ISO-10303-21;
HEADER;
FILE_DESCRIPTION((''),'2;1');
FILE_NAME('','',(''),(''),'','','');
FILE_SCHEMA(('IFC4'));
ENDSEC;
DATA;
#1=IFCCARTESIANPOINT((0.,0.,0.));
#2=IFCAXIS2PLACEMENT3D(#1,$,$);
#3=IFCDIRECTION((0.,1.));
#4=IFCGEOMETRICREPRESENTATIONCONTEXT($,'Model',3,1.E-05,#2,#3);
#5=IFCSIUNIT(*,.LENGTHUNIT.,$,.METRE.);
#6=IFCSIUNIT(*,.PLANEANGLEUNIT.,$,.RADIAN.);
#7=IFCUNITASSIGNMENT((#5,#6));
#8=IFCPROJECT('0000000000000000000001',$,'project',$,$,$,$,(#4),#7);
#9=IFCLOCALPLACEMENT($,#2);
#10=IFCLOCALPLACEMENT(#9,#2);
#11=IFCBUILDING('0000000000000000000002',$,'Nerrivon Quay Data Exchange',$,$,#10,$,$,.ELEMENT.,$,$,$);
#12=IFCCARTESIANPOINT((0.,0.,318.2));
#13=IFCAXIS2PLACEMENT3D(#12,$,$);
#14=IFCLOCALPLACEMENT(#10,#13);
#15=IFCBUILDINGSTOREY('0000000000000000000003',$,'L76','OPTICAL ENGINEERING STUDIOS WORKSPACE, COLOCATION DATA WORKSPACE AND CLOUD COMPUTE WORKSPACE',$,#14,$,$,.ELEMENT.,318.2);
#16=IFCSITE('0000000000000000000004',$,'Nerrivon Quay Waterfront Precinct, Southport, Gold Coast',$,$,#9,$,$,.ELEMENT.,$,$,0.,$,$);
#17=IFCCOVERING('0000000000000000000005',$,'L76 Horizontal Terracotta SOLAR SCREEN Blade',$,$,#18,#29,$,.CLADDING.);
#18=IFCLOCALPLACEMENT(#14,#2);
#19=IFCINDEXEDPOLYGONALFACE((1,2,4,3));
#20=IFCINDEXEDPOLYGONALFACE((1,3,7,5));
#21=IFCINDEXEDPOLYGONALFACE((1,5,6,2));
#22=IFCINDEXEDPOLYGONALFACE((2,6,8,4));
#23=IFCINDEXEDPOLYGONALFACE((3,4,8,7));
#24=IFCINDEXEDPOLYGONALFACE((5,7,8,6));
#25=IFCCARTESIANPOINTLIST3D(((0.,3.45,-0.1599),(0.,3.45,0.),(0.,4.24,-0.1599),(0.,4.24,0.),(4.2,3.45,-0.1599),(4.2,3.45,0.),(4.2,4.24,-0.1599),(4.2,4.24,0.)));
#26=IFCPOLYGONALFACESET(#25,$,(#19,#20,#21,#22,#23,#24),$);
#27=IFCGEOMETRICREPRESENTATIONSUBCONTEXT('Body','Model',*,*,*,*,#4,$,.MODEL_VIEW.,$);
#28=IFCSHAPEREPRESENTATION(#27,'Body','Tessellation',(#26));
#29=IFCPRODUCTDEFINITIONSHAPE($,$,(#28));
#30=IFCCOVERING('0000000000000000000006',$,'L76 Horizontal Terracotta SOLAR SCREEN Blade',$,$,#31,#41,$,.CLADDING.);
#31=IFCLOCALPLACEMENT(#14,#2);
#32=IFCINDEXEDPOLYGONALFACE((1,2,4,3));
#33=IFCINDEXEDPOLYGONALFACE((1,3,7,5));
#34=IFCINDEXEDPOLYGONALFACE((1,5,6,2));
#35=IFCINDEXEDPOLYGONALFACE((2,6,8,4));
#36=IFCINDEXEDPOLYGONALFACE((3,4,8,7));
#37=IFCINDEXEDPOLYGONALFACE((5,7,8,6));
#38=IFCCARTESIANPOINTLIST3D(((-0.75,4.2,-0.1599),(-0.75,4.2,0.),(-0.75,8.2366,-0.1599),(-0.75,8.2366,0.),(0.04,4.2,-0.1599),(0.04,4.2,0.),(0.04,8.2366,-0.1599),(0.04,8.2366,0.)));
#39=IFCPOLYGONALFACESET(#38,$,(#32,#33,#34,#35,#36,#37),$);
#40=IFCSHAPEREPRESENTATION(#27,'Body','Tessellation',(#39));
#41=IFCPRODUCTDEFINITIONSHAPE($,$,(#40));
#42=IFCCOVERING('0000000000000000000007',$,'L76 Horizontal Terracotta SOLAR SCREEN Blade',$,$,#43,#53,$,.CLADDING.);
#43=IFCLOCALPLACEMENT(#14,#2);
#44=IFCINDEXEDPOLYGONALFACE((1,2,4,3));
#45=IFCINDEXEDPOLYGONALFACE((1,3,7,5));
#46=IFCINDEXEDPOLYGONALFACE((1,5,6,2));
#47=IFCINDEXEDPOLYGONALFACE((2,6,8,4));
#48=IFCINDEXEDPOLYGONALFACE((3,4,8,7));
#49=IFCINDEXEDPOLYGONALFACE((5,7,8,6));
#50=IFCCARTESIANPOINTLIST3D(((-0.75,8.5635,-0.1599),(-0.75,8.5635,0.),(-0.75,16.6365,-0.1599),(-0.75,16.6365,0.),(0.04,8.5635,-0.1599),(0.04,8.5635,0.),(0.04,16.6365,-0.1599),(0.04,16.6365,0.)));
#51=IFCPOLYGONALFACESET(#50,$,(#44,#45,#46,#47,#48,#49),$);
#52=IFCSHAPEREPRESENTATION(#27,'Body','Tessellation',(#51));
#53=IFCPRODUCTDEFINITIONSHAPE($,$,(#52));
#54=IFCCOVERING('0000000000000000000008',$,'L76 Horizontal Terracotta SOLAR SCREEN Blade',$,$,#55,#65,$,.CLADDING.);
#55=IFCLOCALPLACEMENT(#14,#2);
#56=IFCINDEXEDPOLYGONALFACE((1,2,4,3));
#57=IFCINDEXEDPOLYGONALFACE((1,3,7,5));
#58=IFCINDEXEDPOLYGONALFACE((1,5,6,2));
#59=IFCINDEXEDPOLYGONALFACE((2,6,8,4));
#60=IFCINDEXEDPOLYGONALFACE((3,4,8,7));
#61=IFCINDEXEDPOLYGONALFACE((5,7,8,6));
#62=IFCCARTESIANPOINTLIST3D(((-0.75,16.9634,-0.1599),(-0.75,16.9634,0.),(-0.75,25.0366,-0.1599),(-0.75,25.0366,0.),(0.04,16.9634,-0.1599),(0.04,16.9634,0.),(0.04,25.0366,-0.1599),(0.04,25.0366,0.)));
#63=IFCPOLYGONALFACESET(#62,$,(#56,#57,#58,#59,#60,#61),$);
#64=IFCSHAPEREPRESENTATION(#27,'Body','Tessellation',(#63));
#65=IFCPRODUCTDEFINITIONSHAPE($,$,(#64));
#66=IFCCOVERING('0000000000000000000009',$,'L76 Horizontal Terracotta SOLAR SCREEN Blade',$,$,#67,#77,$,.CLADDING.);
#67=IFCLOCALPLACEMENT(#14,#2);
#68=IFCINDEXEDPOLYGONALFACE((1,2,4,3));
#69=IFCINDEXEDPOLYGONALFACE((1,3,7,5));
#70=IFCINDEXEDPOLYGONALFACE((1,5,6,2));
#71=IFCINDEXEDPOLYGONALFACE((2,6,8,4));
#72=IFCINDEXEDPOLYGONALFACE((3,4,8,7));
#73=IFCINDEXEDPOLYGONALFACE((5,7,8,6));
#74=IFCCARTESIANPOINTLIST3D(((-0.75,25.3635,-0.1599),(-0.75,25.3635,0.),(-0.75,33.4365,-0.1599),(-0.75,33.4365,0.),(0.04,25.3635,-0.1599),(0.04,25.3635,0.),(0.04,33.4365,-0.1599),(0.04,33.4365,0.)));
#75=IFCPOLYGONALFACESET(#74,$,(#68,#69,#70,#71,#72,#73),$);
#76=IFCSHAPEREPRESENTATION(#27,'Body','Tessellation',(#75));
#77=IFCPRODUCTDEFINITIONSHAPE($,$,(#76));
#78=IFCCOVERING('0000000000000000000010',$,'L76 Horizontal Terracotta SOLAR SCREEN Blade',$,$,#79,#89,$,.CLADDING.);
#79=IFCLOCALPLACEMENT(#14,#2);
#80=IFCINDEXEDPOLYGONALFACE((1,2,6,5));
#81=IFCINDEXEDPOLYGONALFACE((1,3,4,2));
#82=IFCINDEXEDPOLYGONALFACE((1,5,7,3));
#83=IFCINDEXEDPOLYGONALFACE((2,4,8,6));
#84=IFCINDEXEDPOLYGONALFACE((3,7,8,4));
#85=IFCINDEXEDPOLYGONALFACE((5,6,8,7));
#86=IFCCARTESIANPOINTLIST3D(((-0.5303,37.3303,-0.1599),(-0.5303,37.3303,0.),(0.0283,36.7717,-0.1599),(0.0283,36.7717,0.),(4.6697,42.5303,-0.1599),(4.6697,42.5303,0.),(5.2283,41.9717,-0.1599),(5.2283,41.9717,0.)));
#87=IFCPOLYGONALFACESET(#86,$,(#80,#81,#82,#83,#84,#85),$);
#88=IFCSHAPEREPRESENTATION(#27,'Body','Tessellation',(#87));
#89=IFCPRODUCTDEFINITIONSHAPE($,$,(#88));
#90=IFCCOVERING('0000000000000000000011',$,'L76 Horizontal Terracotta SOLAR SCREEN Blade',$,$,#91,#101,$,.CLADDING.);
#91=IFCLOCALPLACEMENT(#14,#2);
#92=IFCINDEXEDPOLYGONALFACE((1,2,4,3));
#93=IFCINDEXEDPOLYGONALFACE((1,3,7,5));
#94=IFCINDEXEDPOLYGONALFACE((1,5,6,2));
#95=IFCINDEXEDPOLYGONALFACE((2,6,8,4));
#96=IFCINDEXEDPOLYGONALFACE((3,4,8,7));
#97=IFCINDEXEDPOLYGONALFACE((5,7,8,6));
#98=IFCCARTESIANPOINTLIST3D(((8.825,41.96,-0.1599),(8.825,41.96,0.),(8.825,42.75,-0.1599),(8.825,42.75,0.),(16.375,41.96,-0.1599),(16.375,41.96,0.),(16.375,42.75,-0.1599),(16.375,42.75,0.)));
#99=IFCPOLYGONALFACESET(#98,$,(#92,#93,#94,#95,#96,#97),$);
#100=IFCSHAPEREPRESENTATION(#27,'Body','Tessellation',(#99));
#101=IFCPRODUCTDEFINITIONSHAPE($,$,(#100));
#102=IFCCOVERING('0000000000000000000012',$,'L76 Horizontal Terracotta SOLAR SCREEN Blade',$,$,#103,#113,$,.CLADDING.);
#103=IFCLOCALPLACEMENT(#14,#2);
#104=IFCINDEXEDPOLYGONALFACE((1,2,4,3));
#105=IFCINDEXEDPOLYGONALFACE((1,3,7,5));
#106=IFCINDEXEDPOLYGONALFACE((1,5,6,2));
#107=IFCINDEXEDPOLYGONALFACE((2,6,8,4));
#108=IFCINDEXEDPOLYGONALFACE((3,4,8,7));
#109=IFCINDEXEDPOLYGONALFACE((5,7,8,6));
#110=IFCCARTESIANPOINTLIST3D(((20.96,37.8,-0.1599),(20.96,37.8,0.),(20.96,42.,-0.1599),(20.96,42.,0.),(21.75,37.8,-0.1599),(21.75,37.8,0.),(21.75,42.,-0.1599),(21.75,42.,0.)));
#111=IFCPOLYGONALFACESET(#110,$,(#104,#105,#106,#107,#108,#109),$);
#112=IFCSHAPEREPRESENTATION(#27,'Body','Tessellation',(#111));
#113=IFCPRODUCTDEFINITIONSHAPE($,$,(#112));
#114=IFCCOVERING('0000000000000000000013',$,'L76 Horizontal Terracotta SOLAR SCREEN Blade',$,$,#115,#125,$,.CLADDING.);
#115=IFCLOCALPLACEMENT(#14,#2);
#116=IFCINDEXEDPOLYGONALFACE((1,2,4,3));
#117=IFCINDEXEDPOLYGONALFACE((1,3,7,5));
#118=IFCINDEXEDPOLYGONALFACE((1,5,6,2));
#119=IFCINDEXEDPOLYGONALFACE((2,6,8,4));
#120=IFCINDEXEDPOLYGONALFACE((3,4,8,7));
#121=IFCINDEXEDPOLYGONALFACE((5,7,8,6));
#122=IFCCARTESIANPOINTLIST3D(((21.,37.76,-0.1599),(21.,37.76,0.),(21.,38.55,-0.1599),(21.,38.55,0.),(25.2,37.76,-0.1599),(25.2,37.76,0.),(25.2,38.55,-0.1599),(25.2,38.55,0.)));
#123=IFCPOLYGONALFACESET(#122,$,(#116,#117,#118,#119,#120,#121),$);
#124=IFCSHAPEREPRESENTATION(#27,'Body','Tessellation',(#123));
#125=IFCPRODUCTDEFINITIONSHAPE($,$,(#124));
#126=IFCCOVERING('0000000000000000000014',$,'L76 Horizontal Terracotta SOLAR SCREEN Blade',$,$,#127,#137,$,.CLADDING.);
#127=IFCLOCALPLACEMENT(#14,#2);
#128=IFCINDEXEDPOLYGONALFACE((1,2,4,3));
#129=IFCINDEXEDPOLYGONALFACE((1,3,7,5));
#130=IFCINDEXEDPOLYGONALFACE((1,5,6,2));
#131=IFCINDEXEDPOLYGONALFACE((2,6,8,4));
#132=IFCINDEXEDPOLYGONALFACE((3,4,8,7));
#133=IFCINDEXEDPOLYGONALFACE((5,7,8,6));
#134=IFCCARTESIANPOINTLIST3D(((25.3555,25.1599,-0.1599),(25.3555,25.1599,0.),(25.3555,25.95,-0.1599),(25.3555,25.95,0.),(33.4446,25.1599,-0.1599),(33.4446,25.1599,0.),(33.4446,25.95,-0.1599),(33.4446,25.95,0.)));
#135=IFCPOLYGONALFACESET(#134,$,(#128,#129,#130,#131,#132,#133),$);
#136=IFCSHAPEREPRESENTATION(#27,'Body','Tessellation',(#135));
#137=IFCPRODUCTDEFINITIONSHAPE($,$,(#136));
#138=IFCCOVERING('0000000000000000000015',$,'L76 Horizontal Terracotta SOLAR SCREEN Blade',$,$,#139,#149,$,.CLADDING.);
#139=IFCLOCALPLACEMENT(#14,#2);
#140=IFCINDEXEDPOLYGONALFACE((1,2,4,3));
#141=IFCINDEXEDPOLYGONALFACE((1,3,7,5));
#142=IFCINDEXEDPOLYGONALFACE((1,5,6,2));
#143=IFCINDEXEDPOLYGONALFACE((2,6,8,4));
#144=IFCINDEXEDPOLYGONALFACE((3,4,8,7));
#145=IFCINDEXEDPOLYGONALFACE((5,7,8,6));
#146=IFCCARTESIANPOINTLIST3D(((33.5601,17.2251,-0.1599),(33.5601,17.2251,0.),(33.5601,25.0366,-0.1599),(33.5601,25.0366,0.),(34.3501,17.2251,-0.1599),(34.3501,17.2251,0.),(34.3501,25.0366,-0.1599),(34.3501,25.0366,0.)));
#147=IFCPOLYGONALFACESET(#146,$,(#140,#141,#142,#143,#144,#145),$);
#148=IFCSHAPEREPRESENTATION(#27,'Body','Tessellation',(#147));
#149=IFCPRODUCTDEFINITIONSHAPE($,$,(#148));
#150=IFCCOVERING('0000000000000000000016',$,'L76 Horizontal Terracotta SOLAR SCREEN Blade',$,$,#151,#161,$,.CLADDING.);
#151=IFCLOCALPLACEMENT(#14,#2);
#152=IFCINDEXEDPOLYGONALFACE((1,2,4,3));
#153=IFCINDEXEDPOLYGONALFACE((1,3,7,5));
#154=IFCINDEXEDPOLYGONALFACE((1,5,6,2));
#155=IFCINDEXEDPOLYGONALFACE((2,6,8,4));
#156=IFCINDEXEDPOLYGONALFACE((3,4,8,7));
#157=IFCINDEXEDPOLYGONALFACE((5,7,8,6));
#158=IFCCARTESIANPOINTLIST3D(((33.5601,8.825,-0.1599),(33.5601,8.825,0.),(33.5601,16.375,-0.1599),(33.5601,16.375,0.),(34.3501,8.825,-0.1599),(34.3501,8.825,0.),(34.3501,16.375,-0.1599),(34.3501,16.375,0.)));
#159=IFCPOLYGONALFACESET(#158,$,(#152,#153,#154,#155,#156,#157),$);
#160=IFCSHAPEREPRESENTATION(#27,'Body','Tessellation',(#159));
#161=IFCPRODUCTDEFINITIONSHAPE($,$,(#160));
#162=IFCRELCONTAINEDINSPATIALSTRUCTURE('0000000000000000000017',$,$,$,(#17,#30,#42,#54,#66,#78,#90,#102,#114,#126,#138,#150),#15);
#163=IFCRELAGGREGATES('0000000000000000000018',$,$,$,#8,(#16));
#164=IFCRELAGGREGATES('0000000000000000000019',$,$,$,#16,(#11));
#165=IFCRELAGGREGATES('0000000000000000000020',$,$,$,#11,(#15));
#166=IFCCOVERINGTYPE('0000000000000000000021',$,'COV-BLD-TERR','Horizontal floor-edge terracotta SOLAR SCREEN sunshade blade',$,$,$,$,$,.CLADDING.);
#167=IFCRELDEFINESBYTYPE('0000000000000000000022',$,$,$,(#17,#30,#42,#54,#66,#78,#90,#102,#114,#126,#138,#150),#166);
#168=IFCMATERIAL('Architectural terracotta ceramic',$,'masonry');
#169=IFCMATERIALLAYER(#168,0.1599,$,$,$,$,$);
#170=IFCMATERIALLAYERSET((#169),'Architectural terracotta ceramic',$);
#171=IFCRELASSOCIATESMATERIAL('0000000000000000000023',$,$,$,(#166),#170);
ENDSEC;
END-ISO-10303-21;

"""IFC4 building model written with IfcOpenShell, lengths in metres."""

from ifc_helpers import new_model, si_unit, direction, frame, origin, place, context, subcontext, project, spatial, polyline, outline, extrude, material, layer, layer_set, type_object, element, save


model = new_model("IFC4")

# Units and contexts
model_context = context("Model", 3, precision=1e-05, world=origin(), true_north=direction((0.0, 1.0)))
body_context = subcontext(model_context, "Body", "Model", "MODEL_VIEW")
ifc_project = project(units=[si_unit("LENGTHUNIT", "METRE"), si_unit("PLANEANGLEUNIT", "RADIAN")], contexts=[model_context])

# Site, building, storey
site_placement = place(None, origin())
site = spatial("IfcSite", under=ifc_project, at=site_placement, Name="Nerrivon Quay Waterfront Precinct, Southport, Gold Coast", CompositionType="ELEMENT", RefElevation=0.0)
building_placement = place(site_placement, origin())
building = spatial("IfcBuilding", under=site, at=building_placement, Name="Nerrivon Quay Data Exchange", CompositionType="ELEMENT")
storey_placement = place(building_placement, frame((0.0, 0.0, 318.2)))
storey = spatial("IfcBuildingStorey", under=building, at=storey_placement, Name="L76", Description="OPTICAL ENGINEERING STUDIOS WORKSPACE, COLOCATION DATA WORKSPACE AND CLOUD COMPUTE WORKSPACE", CompositionType="ELEMENT", Elevation=318.2)

# Coverings
ifc_material_1 = material(Name="Architectural terracotta ceramic", Category="masonry")
ifc_layer_1 = layer(ifc_material_1, 0.1599)
ifc_layer_set_1 = layer_set([ifc_layer_1], Name="Architectural terracotta ceramic")
covering_type = type_object("IfcCoveringType", Name="COV-BLD-TERR", Description="Horizontal floor-edge terracotta SOLAR SCREEN sunshade blade", PredefinedType="CLADDING", material=ifc_layer_set_1)
covering_1_placement = place(storey_placement, frame((0.0, 0.0, -0.1599)))
element("IfcCovering", 1, at=covering_1_placement, inside=storey, type_object=covering_type, Name="L76 Horizontal Terracotta SOLAR SCREEN Blade", PredefinedType="CLADDING", context=body_context, shape_type="SweptSolid", body=[
    extrude(outline(polyline([(4.2, 4.24), (0.0, 4.24), (0.0, 3.45), (4.2, 3.45), (4.2, 4.24)])), origin(), (0.0, 0.0, 1.0), 0.1599),
])
covering_2_placement = place(storey_placement, frame((0.0, 0.0, -0.1599)))
element("IfcCovering", 2, at=covering_2_placement, inside=storey, type_object=covering_type, Name="L76 Horizontal Terracotta SOLAR SCREEN Blade", PredefinedType="CLADDING", context=body_context, shape_type="SweptSolid", body=[
    extrude(outline(polyline([(0.04, 4.2), (0.04, 8.2366), (-0.75, 8.2366), (-0.75, 4.2), (0.04, 4.2)])), origin(), (0.0, 0.0, 1.0), 0.1599),
])
covering_3_placement = place(storey_placement, frame((0.0, 0.0, -0.1599)))
element("IfcCovering", 3, at=covering_3_placement, inside=storey, type_object=covering_type, Name="L76 Horizontal Terracotta SOLAR SCREEN Blade", PredefinedType="CLADDING", context=body_context, shape_type="SweptSolid", body=[
    extrude(outline(polyline([(0.04, 8.5635), (0.04, 16.6365), (-0.75, 16.6365), (-0.75, 8.5635), (0.04, 8.5635)])), origin(), (0.0, 0.0, 1.0), 0.1599),
])
covering_4_placement = place(storey_placement, frame((0.0, 0.0, -0.1599)))
element("IfcCovering", 4, at=covering_4_placement, inside=storey, type_object=covering_type, Name="L76 Horizontal Terracotta SOLAR SCREEN Blade", PredefinedType="CLADDING", context=body_context, shape_type="SweptSolid", body=[
    extrude(outline(polyline([(0.04, 16.9634), (0.04, 25.0366), (-0.75, 25.0366), (-0.75, 16.9634), (0.04, 16.9634)])), origin(), (0.0, 0.0, 1.0), 0.1599),
])
covering_5_placement = place(storey_placement, frame((0.0, 0.0, -0.1599)))
element("IfcCovering", 5, at=covering_5_placement, inside=storey, type_object=covering_type, Name="L76 Horizontal Terracotta SOLAR SCREEN Blade", PredefinedType="CLADDING", context=body_context, shape_type="SweptSolid", body=[
    extrude(outline(polyline([(0.04, 25.3635), (0.04, 33.4365), (-0.75, 33.4365), (-0.75, 25.3635), (0.04, 25.3635)])), origin(), (0.0, 0.0, 1.0), 0.1599),
])
covering_6_placement = place(storey_placement, frame((0.0, 0.0, -0.1599)))
element("IfcCovering", 6, at=covering_6_placement, inside=storey, type_object=covering_type, Name="L76 Horizontal Terracotta SOLAR SCREEN Blade", PredefinedType="CLADDING", context=body_context, shape_type="SweptSolid", body=[
    extrude(outline(polyline([(0.0283, 36.7717), (5.2283, 41.9717), (4.6697, 42.5303), (-0.5303, 37.3303), (0.0283, 36.7717)])), origin(), (0.0, 0.0, 1.0), 0.1599),
])
covering_7_placement = place(storey_placement, frame((0.0, 0.0, -0.1599)))
element("IfcCovering", 7, at=covering_7_placement, inside=storey, type_object=covering_type, Name="L76 Horizontal Terracotta SOLAR SCREEN Blade", PredefinedType="CLADDING", context=body_context, shape_type="SweptSolid", body=[
    extrude(outline(polyline([(8.825, 41.96), (16.375, 41.96), (16.375, 42.75), (8.825, 42.75), (8.825, 41.96)])), origin(), (0.0, 0.0, 1.0), 0.1599),
])
covering_8_placement = place(storey_placement, frame((0.0, 0.0, -0.1599)))
element("IfcCovering", 8, at=covering_8_placement, inside=storey, type_object=covering_type, Name="L76 Horizontal Terracotta SOLAR SCREEN Blade", PredefinedType="CLADDING", context=body_context, shape_type="SweptSolid", body=[
    extrude(outline(polyline([(20.96, 42.0), (20.96, 37.8), (21.75, 37.8), (21.75, 42.0), (20.96, 42.0)])), origin(), (0.0, 0.0, 1.0), 0.1599),
])
covering_9_placement = place(storey_placement, frame((0.0, 0.0, -0.1599)))
element("IfcCovering", 9, at=covering_9_placement, inside=storey, type_object=covering_type, Name="L76 Horizontal Terracotta SOLAR SCREEN Blade", PredefinedType="CLADDING", context=body_context, shape_type="SweptSolid", body=[
    extrude(outline(polyline([(21.0, 37.76), (25.2, 37.76), (25.2, 38.55), (21.0, 38.55), (21.0, 37.76)])), origin(), (0.0, 0.0, 1.0), 0.1599),
])
covering_10_placement = place(storey_placement, frame((0.0, 0.0, -0.1599)))
element("IfcCovering", 10, at=covering_10_placement, inside=storey, type_object=covering_type, Name="L76 Horizontal Terracotta SOLAR SCREEN Blade", PredefinedType="CLADDING", context=body_context, shape_type="SweptSolid", body=[
    extrude(outline(polyline([(25.3555, 25.1599), (33.4446, 25.1599), (33.4446, 25.95), (25.3555, 25.95), (25.3555, 25.1599)])), origin(), (0.0, 0.0, 1.0), 0.1599),
])
covering_11_placement = place(storey_placement, frame((0.0, 0.0, -0.1599)))
element("IfcCovering", 11, at=covering_11_placement, inside=storey, type_object=covering_type, Name="L76 Horizontal Terracotta SOLAR SCREEN Blade", PredefinedType="CLADDING", context=body_context, shape_type="SweptSolid", body=[
    extrude(outline(polyline([(33.5601, 25.0366), (33.5601, 17.2251), (34.3501, 17.2251), (34.3501, 25.0366), (33.5601, 25.0366)])), origin(), (0.0, 0.0, 1.0), 0.1599),
])
covering_12_placement = place(storey_placement, frame((0.0, 0.0, -0.1599)))
element("IfcCovering", 12, at=covering_12_placement, inside=storey, type_object=covering_type, Name="L76 Horizontal Terracotta SOLAR SCREEN Blade", PredefinedType="CLADDING", context=body_context, shape_type="SweptSolid", body=[
    extrude(outline(polyline([(33.5601, 16.375), (33.5601, 8.825), (34.3501, 8.825), (34.3501, 16.375), (33.5601, 16.375)])), origin(), (0.0, 0.0, 1.0), 0.1599),
])

save(model, "model.ifc")
